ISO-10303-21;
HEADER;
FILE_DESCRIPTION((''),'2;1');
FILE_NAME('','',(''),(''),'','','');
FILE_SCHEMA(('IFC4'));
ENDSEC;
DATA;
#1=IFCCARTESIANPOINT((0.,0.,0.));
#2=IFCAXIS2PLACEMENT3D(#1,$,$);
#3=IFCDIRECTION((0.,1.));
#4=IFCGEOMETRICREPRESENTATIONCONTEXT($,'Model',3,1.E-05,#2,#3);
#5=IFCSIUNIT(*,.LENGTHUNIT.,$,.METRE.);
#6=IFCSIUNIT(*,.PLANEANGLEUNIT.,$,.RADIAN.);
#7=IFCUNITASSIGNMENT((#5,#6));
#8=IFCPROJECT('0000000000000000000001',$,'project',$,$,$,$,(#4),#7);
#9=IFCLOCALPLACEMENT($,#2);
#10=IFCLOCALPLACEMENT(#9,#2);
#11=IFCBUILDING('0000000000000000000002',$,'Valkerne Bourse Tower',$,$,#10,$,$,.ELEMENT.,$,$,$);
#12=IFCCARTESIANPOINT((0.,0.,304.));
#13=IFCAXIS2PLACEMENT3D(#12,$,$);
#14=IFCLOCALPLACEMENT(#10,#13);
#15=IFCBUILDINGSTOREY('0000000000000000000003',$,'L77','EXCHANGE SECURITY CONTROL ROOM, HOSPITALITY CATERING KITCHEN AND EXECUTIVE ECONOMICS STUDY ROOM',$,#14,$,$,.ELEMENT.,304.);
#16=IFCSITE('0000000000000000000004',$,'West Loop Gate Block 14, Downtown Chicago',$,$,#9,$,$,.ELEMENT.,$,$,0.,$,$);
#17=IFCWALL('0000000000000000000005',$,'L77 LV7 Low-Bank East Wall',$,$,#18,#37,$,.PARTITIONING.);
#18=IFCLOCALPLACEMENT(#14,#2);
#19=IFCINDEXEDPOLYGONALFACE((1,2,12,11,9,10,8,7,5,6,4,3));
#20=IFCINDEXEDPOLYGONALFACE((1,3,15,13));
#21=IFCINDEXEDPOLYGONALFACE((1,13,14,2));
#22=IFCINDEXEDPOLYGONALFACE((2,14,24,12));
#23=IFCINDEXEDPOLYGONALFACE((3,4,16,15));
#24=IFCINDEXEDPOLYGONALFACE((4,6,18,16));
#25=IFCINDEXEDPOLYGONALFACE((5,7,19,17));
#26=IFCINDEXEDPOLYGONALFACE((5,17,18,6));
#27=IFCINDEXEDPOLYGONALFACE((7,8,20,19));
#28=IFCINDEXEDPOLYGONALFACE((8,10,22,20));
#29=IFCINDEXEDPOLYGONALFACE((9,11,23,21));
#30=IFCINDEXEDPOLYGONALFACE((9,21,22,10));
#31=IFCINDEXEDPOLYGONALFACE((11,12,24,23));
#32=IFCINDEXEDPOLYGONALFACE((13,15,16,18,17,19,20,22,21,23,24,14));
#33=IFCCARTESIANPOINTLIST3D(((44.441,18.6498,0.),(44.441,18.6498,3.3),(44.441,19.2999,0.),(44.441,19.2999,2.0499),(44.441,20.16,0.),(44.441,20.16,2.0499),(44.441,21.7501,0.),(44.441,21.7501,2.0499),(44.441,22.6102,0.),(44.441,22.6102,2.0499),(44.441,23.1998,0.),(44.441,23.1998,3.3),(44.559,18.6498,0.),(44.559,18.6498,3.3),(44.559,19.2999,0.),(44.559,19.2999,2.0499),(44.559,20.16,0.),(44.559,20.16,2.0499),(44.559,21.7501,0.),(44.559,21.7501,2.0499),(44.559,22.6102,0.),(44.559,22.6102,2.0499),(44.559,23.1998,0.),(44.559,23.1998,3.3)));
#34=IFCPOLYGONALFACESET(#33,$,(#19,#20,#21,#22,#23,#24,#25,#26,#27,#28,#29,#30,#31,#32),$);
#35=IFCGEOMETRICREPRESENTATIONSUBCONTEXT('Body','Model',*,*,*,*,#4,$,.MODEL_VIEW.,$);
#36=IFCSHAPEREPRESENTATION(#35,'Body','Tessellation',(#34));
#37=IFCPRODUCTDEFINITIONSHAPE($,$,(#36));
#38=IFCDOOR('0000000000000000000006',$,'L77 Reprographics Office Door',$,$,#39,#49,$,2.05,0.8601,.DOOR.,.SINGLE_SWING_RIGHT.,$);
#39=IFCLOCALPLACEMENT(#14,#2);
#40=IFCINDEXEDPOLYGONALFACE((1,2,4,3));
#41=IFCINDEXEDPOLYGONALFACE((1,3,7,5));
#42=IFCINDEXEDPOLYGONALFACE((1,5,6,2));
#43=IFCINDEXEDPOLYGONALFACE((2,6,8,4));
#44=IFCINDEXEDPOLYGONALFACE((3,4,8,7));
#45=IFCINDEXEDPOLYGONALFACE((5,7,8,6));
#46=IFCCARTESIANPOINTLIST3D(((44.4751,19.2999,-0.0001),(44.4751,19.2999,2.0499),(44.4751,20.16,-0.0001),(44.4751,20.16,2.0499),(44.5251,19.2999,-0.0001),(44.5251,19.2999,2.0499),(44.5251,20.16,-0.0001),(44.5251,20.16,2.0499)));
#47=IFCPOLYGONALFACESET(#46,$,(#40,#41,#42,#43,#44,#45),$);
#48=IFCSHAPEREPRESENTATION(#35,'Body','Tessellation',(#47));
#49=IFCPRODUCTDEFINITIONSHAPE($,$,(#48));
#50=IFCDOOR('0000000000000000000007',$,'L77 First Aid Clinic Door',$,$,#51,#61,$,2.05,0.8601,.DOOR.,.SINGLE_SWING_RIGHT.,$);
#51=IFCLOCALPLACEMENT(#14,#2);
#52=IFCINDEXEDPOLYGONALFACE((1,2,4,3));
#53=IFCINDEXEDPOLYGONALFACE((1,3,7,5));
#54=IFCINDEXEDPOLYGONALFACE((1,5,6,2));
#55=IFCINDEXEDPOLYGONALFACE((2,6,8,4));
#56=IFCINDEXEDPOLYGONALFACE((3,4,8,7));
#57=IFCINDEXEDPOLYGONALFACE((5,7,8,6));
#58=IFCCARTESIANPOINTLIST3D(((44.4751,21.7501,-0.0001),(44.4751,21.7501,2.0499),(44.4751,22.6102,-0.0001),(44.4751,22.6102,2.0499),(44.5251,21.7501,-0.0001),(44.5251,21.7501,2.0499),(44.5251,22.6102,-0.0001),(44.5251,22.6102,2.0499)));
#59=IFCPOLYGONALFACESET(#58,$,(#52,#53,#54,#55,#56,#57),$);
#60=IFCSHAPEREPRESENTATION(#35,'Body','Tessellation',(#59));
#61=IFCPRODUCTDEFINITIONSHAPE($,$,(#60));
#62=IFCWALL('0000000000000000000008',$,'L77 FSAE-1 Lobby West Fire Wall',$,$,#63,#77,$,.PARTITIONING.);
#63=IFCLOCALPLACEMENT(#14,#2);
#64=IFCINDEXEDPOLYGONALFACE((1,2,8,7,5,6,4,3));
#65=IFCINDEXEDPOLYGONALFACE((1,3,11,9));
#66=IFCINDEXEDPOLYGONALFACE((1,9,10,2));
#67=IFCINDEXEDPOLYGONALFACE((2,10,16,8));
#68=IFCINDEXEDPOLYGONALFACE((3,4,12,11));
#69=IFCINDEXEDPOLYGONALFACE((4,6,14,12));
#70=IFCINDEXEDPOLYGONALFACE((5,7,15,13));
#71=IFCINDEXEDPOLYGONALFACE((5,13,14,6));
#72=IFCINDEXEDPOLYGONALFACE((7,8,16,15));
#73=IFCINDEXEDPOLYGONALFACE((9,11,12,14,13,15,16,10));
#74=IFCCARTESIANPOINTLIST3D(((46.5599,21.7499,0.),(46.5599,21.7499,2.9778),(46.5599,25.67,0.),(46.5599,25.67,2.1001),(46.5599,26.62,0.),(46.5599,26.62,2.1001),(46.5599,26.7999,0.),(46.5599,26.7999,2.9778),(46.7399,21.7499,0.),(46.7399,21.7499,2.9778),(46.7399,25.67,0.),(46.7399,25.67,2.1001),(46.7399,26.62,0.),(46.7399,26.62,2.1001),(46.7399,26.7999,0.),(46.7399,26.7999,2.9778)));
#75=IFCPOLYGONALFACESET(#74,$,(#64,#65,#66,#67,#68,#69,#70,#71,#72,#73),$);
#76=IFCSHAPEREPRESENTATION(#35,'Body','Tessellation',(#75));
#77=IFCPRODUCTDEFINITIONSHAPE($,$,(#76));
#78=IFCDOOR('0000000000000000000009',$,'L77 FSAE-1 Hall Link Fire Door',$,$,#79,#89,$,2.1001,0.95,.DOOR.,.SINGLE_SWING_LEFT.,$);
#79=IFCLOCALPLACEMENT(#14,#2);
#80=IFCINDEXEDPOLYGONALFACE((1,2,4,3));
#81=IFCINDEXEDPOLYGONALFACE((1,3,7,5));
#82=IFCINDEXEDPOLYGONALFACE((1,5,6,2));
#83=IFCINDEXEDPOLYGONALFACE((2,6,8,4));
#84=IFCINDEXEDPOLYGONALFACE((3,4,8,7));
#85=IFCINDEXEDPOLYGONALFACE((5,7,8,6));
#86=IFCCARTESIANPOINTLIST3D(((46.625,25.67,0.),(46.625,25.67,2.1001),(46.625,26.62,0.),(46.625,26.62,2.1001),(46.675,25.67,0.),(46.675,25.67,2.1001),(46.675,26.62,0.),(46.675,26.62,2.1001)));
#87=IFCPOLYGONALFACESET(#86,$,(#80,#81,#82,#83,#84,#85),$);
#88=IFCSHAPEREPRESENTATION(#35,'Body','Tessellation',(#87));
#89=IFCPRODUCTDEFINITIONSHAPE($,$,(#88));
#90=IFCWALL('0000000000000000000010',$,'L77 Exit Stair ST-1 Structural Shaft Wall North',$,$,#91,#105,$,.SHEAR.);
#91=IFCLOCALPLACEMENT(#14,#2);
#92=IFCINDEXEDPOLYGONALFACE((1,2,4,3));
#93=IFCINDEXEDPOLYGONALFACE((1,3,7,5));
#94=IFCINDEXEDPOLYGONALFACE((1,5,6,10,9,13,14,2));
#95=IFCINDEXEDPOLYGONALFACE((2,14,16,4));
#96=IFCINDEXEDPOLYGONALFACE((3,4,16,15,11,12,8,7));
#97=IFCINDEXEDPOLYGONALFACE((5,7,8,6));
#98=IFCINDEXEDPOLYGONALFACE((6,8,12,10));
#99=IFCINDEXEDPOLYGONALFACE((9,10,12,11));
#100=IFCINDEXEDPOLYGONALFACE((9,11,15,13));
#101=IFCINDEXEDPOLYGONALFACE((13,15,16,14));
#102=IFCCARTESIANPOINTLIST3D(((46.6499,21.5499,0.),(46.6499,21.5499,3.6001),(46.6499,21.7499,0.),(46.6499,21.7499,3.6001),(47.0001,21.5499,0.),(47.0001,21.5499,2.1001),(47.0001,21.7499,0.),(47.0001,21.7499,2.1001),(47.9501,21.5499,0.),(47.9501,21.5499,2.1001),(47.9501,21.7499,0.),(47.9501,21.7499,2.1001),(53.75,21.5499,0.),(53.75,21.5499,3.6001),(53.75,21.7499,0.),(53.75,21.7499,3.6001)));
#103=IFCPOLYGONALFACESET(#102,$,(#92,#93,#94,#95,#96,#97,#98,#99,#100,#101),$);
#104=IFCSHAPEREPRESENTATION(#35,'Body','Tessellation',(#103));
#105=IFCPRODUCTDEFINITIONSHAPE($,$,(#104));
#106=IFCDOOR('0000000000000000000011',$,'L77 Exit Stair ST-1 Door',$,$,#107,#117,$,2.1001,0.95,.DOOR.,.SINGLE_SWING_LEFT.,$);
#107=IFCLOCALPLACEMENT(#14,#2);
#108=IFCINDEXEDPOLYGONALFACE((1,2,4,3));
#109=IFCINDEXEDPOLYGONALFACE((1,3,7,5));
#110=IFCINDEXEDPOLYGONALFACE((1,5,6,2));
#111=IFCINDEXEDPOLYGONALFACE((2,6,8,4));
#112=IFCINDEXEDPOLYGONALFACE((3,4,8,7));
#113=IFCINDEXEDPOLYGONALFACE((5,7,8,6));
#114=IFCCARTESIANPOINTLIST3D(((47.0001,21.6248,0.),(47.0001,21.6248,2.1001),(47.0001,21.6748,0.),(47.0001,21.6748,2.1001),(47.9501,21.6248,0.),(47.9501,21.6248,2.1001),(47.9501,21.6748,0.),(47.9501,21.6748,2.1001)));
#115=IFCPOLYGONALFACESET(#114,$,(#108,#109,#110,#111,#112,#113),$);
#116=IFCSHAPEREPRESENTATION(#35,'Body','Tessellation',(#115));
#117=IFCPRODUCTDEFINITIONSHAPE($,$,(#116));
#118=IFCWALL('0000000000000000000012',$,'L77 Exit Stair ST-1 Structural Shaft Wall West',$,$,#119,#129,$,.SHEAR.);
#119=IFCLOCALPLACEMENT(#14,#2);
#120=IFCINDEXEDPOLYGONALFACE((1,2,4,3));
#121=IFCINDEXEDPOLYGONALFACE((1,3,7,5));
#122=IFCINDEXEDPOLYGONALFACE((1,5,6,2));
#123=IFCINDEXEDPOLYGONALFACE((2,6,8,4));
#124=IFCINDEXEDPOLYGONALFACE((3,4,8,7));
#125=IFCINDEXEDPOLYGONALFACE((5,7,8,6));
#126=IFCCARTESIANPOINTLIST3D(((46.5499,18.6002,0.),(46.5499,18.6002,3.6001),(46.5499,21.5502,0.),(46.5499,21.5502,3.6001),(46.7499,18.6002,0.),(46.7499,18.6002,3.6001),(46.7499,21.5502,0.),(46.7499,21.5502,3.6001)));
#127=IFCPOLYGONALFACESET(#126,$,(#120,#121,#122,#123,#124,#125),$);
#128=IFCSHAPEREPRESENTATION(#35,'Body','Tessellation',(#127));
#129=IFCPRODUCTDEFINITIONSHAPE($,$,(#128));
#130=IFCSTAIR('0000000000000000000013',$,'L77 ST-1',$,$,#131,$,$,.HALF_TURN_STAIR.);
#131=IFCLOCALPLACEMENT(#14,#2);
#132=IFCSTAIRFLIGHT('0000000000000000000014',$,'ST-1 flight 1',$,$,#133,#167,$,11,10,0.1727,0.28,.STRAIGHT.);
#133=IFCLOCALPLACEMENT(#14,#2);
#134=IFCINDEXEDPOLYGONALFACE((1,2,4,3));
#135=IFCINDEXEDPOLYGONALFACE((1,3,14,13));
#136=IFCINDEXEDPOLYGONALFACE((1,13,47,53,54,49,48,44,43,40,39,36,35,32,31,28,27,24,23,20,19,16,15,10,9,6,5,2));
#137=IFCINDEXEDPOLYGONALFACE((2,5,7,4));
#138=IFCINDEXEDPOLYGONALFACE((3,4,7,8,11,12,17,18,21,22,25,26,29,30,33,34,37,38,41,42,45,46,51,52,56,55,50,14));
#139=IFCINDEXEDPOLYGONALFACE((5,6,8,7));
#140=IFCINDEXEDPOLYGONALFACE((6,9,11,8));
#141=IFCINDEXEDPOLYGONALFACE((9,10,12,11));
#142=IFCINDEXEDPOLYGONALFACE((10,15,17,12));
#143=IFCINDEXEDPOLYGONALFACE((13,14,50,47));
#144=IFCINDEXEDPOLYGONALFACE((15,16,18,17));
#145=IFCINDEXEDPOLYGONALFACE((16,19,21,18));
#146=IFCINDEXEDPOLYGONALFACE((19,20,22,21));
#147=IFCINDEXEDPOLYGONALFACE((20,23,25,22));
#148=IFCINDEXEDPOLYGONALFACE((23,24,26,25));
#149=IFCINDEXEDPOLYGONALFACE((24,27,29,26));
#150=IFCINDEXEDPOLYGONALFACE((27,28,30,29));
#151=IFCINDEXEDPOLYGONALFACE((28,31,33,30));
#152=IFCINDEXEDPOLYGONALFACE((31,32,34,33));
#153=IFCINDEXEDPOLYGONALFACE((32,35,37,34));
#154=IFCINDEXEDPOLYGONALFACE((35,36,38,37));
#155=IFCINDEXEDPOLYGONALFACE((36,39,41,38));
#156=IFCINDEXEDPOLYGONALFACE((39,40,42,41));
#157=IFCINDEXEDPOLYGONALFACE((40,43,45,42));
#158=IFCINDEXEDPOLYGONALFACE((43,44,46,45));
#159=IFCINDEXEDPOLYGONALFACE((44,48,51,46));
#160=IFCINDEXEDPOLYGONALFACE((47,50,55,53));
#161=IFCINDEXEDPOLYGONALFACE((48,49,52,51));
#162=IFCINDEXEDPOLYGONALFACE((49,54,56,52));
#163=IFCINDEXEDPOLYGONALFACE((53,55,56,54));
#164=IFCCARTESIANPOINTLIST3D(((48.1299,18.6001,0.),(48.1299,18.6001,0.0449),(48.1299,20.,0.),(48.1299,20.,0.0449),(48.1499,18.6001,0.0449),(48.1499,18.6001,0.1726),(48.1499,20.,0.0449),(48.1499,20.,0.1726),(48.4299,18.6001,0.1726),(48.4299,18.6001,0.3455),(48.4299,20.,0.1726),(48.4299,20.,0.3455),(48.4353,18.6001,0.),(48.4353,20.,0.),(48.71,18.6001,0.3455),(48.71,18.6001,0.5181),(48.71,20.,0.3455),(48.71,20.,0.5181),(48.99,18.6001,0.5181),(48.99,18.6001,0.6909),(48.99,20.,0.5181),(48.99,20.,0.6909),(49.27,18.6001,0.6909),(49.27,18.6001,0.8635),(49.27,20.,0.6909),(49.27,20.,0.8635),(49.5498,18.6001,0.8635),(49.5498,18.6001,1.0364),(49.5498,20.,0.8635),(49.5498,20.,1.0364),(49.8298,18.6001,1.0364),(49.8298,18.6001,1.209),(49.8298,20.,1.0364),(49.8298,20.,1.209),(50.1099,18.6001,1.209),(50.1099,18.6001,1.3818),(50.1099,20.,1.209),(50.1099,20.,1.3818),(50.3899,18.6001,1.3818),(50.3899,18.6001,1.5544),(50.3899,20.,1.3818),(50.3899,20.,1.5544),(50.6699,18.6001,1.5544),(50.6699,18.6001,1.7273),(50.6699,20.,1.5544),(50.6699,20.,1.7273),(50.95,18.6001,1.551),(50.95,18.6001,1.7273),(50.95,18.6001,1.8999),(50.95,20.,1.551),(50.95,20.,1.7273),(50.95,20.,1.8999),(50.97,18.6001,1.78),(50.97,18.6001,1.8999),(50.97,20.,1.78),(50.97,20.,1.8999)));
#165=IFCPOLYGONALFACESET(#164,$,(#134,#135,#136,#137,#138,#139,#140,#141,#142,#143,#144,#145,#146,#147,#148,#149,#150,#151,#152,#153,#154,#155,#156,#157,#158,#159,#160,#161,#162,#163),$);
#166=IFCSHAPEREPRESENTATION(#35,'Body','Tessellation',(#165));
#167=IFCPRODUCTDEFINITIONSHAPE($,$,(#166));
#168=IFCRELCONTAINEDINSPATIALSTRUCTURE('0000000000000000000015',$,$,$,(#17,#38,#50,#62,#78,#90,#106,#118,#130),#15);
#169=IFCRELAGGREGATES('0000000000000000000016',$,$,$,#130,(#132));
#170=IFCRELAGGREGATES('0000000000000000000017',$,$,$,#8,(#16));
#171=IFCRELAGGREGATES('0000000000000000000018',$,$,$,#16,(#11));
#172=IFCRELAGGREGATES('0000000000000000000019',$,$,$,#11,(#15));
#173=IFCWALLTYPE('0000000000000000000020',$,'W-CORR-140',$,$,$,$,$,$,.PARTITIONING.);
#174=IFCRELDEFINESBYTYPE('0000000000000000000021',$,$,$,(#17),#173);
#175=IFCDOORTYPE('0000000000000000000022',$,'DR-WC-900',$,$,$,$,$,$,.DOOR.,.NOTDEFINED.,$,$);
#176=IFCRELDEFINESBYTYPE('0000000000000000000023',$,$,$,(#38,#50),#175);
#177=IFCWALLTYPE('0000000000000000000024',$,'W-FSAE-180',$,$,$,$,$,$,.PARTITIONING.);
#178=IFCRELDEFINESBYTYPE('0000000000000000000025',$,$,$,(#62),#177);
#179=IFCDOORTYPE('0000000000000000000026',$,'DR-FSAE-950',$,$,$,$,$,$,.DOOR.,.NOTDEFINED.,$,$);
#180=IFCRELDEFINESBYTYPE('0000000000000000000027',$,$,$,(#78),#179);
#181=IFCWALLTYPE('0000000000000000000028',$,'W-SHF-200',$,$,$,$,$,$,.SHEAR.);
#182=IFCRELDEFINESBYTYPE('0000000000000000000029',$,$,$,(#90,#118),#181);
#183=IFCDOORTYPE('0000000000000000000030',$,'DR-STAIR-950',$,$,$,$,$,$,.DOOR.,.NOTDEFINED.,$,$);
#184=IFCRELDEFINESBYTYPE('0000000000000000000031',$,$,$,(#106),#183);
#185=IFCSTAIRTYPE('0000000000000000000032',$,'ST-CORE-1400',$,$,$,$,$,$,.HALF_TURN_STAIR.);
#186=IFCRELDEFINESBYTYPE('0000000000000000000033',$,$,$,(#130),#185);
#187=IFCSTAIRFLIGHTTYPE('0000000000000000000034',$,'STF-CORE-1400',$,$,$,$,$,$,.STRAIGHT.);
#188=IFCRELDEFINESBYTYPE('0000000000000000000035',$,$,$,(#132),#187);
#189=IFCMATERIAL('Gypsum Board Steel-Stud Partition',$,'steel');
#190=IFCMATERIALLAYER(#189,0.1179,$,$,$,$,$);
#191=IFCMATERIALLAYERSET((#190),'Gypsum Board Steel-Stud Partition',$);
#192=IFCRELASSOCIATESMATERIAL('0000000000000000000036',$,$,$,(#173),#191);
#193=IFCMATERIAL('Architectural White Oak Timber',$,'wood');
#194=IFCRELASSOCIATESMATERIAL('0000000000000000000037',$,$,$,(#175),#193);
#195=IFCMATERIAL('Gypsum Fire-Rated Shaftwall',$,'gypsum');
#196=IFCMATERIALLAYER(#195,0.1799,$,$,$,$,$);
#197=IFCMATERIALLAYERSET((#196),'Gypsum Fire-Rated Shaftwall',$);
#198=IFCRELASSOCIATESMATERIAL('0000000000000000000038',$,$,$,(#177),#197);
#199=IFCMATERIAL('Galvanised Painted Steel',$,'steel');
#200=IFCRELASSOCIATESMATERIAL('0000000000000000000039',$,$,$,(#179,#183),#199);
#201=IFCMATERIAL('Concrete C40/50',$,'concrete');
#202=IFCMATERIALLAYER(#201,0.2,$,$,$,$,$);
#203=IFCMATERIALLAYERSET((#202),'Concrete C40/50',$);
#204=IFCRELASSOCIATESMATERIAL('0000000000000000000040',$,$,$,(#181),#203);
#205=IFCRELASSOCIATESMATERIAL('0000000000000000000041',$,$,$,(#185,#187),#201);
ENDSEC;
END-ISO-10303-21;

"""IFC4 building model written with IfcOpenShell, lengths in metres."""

from ifc_helpers import new_model, si_unit, direction, frame, frame_2d, origin, place, context, subcontext, project, spatial, polyline, rectangle, outline, extrude, material, layer, layer_set, type_object, element, fill, aggregate, save


model = new_model("IFC4")

# Units and contexts
model_context = context("Model", 3, precision=1e-05, world=origin(), true_north=direction((0.0, 1.0)))
body_context = subcontext(model_context, "Body", "Model", "MODEL_VIEW")
ifc_project = project(units=[si_unit("LENGTHUNIT", "METRE"), si_unit("PLANEANGLEUNIT", "RADIAN")], contexts=[model_context])

# Site, building, storey
site_placement = place(None, origin())
site = spatial("IfcSite", under=ifc_project, at=site_placement, Name="West Loop Gate Block 14, Downtown Chicago", CompositionType="ELEMENT", RefElevation=0.0)
building_placement = place(site_placement, origin())
building = spatial("IfcBuilding", under=site, at=building_placement, Name="Valkerne Bourse Tower", CompositionType="ELEMENT")
storey_placement = place(building_placement, frame((0.0, 0.0, 304.0)))
storey = spatial("IfcBuildingStorey", under=building, at=storey_placement, Name="L77", Description="EXCHANGE SECURITY CONTROL ROOM, HOSPITALITY CATERING KITCHEN AND EXECUTIVE ECONOMICS STUDY ROOM", CompositionType="ELEMENT", Elevation=304.0)

# Wall, openings, doors
ifc_material_1 = material(Name="Gypsum Board Steel-Stud Partition", Category="steel")
ifc_layer_1 = layer(ifc_material_1, 0.1179)
ifc_layer_set_1 = layer_set([ifc_layer_1], Name="Gypsum Board Steel-Stud Partition")
wall_type_1 = type_object("IfcWallType", Name="W-CORR-140", PredefinedType="PARTITIONING", material=ifc_layer_set_1)
wall_1_placement = place(storey_placement, frame((44.5, 18.6499, 0.0), z_axis=(0.0, 0.0, 1.0), x_axis=(0.0, 1.0, 0.0)))
wall_1 = element("IfcWall", 1, at=wall_1_placement, inside=storey, type_object=wall_type_1, Name="L77 LV7 Low-Bank East Wall", PredefinedType="PARTITIONING", context=body_context, shape_type="SweptSolid", body=[
    extrude(rectangle(XDim=4.55, YDim=0.1179, at=frame_2d((2.2749, 0.0))), origin(), (0.0, 0.0, 1.0), 3.3),
])
opening_1_placement = place(wall_1_placement, frame((0.6499, 0.0, 0.0)))
opening_1 = element("IfcOpeningElement", 2, at=opening_1_placement, cuts=wall_1, PredefinedType="OPENING", context=body_context, shape_type="SweptSolid", body=[
    extrude(rectangle(XDim=0.8601, YDim=2.05, at=frame_2d((0.4302, 1.0249))), frame((0.0, 0.0688, 0.0), z_axis=(0.0, -1.0, 0.0), x_axis=(1.0, 0.0, 0.0)), (0.0, 0.0, 1.0), 0.1379),
])
opening_2_placement = place(wall_1_placement, frame((3.1001, 0.0, 0.0)))
opening_2 = element("IfcOpeningElement", 3, at=opening_2_placement, cuts=wall_1, PredefinedType="OPENING", context=body_context, shape_type="SweptSolid", body=[
    extrude(rectangle(XDim=0.8601, YDim=2.05, at=frame_2d((0.4302, 1.0249))), frame((0.0, 0.0688, 0.0), z_axis=(0.0, -1.0, 0.0), x_axis=(1.0, 0.0, 0.0)), (0.0, 0.0, 1.0), 0.1379),
])
ifc_material_2 = material(Name="Architectural White Oak Timber", Category="wood")
door_type_1 = type_object("IfcDoorType", Name="DR-WC-900", OperationType="NOTDEFINED", PredefinedType="DOOR", material=ifc_material_2)
door_1_placement = place(opening_1_placement, origin())
door_1 = element("IfcDoor", 4, at=door_1_placement, inside=storey, type_object=door_type_1, Name="L77 Reprographics Office Door", OperationType="SINGLE_SWING_RIGHT", OverallHeight=2.05, OverallWidth=0.8601, PredefinedType="DOOR", context=body_context, shape_type="SweptSolid", body=[
    extrude(rectangle(XDim=0.8601, YDim=2.05, at=frame_2d((0.4302, 1.0249))), frame((0.0, 0.0249, 0.0), z_axis=(0.0, -1.0, 0.0), x_axis=(1.0, 0.0, 0.0)), (0.0, 0.0, 1.0), 0.05),
])
fill(opening_1, door_1)
door_2_placement = place(opening_2_placement, origin())
door_2 = element("IfcDoor", 5, at=door_2_placement, inside=storey, type_object=door_type_1, Name="L77 First Aid Clinic Door", OperationType="SINGLE_SWING_RIGHT", OverallHeight=2.05, OverallWidth=0.8601, PredefinedType="DOOR", context=body_context, shape_type="SweptSolid", body=[
    extrude(rectangle(XDim=0.8601, YDim=2.05, at=frame_2d((0.4302, 1.0249))), frame((0.0, 0.0249, 0.0), z_axis=(0.0, -1.0, 0.0), x_axis=(1.0, 0.0, 0.0)), (0.0, 0.0, 1.0), 0.05),
])
fill(opening_2, door_2)

# Wall, opening, door
ifc_material_3 = material(Name="Gypsum Fire-Rated Shaftwall", Category="gypsum")
ifc_layer_2 = layer(ifc_material_3, 0.1799)
ifc_layer_set_2 = layer_set([ifc_layer_2], Name="Gypsum Fire-Rated Shaftwall")
wall_type_2 = type_object("IfcWallType", Name="W-FSAE-180", PredefinedType="PARTITIONING", material=ifc_layer_set_2)
wall_2_placement = place(storey_placement, frame((46.6499, 21.75, 0.0), z_axis=(0.0, 0.0, 1.0), x_axis=(0.0, 1.0, 0.0)))
wall_2 = element("IfcWall", 6, at=wall_2_placement, inside=storey, type_object=wall_type_2, Name="L77 FSAE-1 Lobby West Fire Wall", PredefinedType="PARTITIONING", context=body_context, shape_type="SweptSolid", body=[
    extrude(rectangle(XDim=5.05, YDim=0.1799, at=frame_2d((2.5249, 0.0))), origin(), (0.0, 0.0, 1.0), 2.9778),
])
opening_3_placement = place(wall_2_placement, frame((3.9199, 0.0, 0.0)))
opening_3 = element("IfcOpeningElement", 7, at=opening_3_placement, cuts=wall_2, PredefinedType="OPENING", context=body_context, shape_type="SweptSolid", body=[
    extrude(rectangle(XDim=0.95, YDim=2.1001, at=frame_2d((0.4751, 1.05))), frame((0.0, 0.0999, 0.0), z_axis=(0.0, -1.0, 0.0), x_axis=(1.0, 0.0, 0.0)), (0.0, 0.0, 1.0), 0.2),
])
ifc_material_4 = material(Name="Galvanised Painted Steel", Category="steel")
door_type_2 = type_object("IfcDoorType", Name="DR-FSAE-950", OperationType="NOTDEFINED", PredefinedType="DOOR", material=ifc_material_4)
door_3_placement = place(opening_3_placement, origin())
door_3 = element("IfcDoor", 8, at=door_3_placement, inside=storey, type_object=door_type_2, Name="L77 FSAE-1 Hall Link Fire Door", OperationType="SINGLE_SWING_LEFT", OverallHeight=2.1001, OverallWidth=0.95, PredefinedType="DOOR", context=body_context, shape_type="SweptSolid", body=[
    extrude(rectangle(XDim=0.95, YDim=2.1001, at=frame_2d((0.4751, 1.05))), frame((0.0, 0.0249, 0.0), z_axis=(0.0, -1.0, 0.0), x_axis=(1.0, 0.0, 0.0)), (0.0, 0.0, 1.0), 0.05),
])
fill(opening_3, door_3)

# Wall, opening, door
ifc_material_5 = material(Name="Concrete C40/50", Category="concrete")
ifc_layer_3 = layer(ifc_material_5, 0.2)
ifc_layer_set_3 = layer_set([ifc_layer_3], Name="Concrete C40/50")
wall_type_3 = type_object("IfcWallType", Name="W-SHF-200", PredefinedType="SHEAR", material=ifc_layer_set_3)
wall_3_placement = place(storey_placement, frame((46.6499, 21.6499, 0.0), z_axis=(0.0, 0.0, 1.0), x_axis=(1.0, 0.0, 0.0)))
wall_3 = element("IfcWall", 9, at=wall_3_placement, inside=storey, type_object=wall_type_3, Name="L77 Exit Stair ST-1 Structural Shaft Wall North", PredefinedType="SHEAR", context=body_context, shape_type="SweptSolid", body=[
    extrude(rectangle(XDim=7.1001, YDim=0.2, at=frame_2d((3.55, 0.0))), origin(), (0.0, 0.0, 1.0), 3.6001),
])
opening_4_placement = place(wall_3_placement, frame((0.3501, 0.0, 0.0)))
opening_4 = element("IfcOpeningElement", 10, at=opening_4_placement, cuts=wall_3, PredefinedType="OPENING", context=body_context, shape_type="SweptSolid", body=[
    extrude(rectangle(XDim=0.95, YDim=2.1001, at=frame_2d((0.4751, 1.05))), frame((0.0, 0.1099, 0.0), z_axis=(0.0, -1.0, 0.0), x_axis=(1.0, 0.0, 0.0)), (0.0, 0.0, 1.0), 0.22),
])
door_type_3 = type_object("IfcDoorType", Name="DR-STAIR-950", OperationType="NOTDEFINED", PredefinedType="DOOR", material=ifc_material_4)
door_4_placement = place(opening_4_placement, origin())
door_4 = element("IfcDoor", 11, at=door_4_placement, inside=storey, type_object=door_type_3, Name="L77 Exit Stair ST-1 Door", OperationType="SINGLE_SWING_LEFT", OverallHeight=2.1001, OverallWidth=0.95, PredefinedType="DOOR", context=body_context, shape_type="SweptSolid", body=[
    extrude(rectangle(XDim=0.95, YDim=2.1001, at=frame_2d((0.4751, 1.05))), frame((0.0, 0.0249, 0.0), z_axis=(0.0, -1.0, 0.0), x_axis=(1.0, 0.0, 0.0)), (0.0, 0.0, 1.0), 0.05),
])
fill(opening_4, door_4)

# Wall
wall_4_placement = place(storey_placement, frame((46.6499, 18.6001, 0.0), z_axis=(0.0, 0.0, 1.0), x_axis=(0.0, 1.0, 0.0)))
element("IfcWall", 12, at=wall_4_placement, inside=storey, type_object=wall_type_3, Name="L77 Exit Stair ST-1 Structural Shaft Wall West", PredefinedType="SHEAR", context=body_context, shape_type="SweptSolid", body=[
    extrude(rectangle(XDim=2.95, YDim=0.2, at=frame_2d((1.4751, 0.0))), origin(), (0.0, 0.0, 1.0), 3.6001),
])

# Stair, stair flight
stair_type = type_object("IfcStairType", Name="ST-CORE-1400", PredefinedType="HALF_TURN_STAIR", material=ifc_material_5)
stair_placement = place(storey_placement, origin())
stair = element("IfcStair", 13, at=stair_placement, inside=storey, type_object=stair_type, Name="L77 ST-1", PredefinedType="HALF_TURN_STAIR")
stair_flight_type = type_object("IfcStairFlightType", Name="STF-CORE-1400", PredefinedType="STRAIGHT", material=ifc_material_5)
stair_flight_1_placement = place(storey_placement, frame((48.1499, 19.3, 0.0), z_axis=(0.0, 0.0, 1.0), x_axis=(1.0, 0.0, 0.0)))
stair_flight_1 = element("IfcStairFlight", 14, at=stair_flight_1_placement, type_object=stair_flight_type, Name="ST-1 flight 1", NumberOfRisers=11, NumberOfTreads=10, PredefinedType="STRAIGHT", RiserHeight=0.1727, TreadLength=0.28, context=body_context, shape_type="SweptSolid", body=[
    extrude(outline(polyline([(-0.02, 0.0), (-0.02, 0.0449), (0.0, 0.0449), (0.0, 0.1726), (0.28, 0.1726), (0.28, 0.3455), (0.5601, 0.3455), (0.5601, 0.5181), (0.8401, 0.5181), (0.8401, 0.6909), (1.1201, 0.6909), (1.1201, 0.8635), (1.3999, 0.8635), (1.3999, 1.0364), (1.6799, 1.0364), (1.6799, 1.209), (1.96, 1.209), (1.96, 1.3818), (2.24, 1.3818), (2.24, 1.5544), (2.52, 1.5544), (2.52, 1.7273), (2.8, 1.7273), (2.8, 1.8999), (2.8201, 1.8999), (2.8201, 1.78), (2.8, 1.551), (0.2854, 0.0), (-0.02, 0.0)])), frame((0.0, 0.7, 0.0), z_axis=(0.0, -1.0, 0.0), x_axis=(1.0, 0.0, 0.0)), (0.0, 0.0, 1.0), 1.3999),
])
aggregate(stair, [stair_flight_1])

save(model, "model.ifc")
